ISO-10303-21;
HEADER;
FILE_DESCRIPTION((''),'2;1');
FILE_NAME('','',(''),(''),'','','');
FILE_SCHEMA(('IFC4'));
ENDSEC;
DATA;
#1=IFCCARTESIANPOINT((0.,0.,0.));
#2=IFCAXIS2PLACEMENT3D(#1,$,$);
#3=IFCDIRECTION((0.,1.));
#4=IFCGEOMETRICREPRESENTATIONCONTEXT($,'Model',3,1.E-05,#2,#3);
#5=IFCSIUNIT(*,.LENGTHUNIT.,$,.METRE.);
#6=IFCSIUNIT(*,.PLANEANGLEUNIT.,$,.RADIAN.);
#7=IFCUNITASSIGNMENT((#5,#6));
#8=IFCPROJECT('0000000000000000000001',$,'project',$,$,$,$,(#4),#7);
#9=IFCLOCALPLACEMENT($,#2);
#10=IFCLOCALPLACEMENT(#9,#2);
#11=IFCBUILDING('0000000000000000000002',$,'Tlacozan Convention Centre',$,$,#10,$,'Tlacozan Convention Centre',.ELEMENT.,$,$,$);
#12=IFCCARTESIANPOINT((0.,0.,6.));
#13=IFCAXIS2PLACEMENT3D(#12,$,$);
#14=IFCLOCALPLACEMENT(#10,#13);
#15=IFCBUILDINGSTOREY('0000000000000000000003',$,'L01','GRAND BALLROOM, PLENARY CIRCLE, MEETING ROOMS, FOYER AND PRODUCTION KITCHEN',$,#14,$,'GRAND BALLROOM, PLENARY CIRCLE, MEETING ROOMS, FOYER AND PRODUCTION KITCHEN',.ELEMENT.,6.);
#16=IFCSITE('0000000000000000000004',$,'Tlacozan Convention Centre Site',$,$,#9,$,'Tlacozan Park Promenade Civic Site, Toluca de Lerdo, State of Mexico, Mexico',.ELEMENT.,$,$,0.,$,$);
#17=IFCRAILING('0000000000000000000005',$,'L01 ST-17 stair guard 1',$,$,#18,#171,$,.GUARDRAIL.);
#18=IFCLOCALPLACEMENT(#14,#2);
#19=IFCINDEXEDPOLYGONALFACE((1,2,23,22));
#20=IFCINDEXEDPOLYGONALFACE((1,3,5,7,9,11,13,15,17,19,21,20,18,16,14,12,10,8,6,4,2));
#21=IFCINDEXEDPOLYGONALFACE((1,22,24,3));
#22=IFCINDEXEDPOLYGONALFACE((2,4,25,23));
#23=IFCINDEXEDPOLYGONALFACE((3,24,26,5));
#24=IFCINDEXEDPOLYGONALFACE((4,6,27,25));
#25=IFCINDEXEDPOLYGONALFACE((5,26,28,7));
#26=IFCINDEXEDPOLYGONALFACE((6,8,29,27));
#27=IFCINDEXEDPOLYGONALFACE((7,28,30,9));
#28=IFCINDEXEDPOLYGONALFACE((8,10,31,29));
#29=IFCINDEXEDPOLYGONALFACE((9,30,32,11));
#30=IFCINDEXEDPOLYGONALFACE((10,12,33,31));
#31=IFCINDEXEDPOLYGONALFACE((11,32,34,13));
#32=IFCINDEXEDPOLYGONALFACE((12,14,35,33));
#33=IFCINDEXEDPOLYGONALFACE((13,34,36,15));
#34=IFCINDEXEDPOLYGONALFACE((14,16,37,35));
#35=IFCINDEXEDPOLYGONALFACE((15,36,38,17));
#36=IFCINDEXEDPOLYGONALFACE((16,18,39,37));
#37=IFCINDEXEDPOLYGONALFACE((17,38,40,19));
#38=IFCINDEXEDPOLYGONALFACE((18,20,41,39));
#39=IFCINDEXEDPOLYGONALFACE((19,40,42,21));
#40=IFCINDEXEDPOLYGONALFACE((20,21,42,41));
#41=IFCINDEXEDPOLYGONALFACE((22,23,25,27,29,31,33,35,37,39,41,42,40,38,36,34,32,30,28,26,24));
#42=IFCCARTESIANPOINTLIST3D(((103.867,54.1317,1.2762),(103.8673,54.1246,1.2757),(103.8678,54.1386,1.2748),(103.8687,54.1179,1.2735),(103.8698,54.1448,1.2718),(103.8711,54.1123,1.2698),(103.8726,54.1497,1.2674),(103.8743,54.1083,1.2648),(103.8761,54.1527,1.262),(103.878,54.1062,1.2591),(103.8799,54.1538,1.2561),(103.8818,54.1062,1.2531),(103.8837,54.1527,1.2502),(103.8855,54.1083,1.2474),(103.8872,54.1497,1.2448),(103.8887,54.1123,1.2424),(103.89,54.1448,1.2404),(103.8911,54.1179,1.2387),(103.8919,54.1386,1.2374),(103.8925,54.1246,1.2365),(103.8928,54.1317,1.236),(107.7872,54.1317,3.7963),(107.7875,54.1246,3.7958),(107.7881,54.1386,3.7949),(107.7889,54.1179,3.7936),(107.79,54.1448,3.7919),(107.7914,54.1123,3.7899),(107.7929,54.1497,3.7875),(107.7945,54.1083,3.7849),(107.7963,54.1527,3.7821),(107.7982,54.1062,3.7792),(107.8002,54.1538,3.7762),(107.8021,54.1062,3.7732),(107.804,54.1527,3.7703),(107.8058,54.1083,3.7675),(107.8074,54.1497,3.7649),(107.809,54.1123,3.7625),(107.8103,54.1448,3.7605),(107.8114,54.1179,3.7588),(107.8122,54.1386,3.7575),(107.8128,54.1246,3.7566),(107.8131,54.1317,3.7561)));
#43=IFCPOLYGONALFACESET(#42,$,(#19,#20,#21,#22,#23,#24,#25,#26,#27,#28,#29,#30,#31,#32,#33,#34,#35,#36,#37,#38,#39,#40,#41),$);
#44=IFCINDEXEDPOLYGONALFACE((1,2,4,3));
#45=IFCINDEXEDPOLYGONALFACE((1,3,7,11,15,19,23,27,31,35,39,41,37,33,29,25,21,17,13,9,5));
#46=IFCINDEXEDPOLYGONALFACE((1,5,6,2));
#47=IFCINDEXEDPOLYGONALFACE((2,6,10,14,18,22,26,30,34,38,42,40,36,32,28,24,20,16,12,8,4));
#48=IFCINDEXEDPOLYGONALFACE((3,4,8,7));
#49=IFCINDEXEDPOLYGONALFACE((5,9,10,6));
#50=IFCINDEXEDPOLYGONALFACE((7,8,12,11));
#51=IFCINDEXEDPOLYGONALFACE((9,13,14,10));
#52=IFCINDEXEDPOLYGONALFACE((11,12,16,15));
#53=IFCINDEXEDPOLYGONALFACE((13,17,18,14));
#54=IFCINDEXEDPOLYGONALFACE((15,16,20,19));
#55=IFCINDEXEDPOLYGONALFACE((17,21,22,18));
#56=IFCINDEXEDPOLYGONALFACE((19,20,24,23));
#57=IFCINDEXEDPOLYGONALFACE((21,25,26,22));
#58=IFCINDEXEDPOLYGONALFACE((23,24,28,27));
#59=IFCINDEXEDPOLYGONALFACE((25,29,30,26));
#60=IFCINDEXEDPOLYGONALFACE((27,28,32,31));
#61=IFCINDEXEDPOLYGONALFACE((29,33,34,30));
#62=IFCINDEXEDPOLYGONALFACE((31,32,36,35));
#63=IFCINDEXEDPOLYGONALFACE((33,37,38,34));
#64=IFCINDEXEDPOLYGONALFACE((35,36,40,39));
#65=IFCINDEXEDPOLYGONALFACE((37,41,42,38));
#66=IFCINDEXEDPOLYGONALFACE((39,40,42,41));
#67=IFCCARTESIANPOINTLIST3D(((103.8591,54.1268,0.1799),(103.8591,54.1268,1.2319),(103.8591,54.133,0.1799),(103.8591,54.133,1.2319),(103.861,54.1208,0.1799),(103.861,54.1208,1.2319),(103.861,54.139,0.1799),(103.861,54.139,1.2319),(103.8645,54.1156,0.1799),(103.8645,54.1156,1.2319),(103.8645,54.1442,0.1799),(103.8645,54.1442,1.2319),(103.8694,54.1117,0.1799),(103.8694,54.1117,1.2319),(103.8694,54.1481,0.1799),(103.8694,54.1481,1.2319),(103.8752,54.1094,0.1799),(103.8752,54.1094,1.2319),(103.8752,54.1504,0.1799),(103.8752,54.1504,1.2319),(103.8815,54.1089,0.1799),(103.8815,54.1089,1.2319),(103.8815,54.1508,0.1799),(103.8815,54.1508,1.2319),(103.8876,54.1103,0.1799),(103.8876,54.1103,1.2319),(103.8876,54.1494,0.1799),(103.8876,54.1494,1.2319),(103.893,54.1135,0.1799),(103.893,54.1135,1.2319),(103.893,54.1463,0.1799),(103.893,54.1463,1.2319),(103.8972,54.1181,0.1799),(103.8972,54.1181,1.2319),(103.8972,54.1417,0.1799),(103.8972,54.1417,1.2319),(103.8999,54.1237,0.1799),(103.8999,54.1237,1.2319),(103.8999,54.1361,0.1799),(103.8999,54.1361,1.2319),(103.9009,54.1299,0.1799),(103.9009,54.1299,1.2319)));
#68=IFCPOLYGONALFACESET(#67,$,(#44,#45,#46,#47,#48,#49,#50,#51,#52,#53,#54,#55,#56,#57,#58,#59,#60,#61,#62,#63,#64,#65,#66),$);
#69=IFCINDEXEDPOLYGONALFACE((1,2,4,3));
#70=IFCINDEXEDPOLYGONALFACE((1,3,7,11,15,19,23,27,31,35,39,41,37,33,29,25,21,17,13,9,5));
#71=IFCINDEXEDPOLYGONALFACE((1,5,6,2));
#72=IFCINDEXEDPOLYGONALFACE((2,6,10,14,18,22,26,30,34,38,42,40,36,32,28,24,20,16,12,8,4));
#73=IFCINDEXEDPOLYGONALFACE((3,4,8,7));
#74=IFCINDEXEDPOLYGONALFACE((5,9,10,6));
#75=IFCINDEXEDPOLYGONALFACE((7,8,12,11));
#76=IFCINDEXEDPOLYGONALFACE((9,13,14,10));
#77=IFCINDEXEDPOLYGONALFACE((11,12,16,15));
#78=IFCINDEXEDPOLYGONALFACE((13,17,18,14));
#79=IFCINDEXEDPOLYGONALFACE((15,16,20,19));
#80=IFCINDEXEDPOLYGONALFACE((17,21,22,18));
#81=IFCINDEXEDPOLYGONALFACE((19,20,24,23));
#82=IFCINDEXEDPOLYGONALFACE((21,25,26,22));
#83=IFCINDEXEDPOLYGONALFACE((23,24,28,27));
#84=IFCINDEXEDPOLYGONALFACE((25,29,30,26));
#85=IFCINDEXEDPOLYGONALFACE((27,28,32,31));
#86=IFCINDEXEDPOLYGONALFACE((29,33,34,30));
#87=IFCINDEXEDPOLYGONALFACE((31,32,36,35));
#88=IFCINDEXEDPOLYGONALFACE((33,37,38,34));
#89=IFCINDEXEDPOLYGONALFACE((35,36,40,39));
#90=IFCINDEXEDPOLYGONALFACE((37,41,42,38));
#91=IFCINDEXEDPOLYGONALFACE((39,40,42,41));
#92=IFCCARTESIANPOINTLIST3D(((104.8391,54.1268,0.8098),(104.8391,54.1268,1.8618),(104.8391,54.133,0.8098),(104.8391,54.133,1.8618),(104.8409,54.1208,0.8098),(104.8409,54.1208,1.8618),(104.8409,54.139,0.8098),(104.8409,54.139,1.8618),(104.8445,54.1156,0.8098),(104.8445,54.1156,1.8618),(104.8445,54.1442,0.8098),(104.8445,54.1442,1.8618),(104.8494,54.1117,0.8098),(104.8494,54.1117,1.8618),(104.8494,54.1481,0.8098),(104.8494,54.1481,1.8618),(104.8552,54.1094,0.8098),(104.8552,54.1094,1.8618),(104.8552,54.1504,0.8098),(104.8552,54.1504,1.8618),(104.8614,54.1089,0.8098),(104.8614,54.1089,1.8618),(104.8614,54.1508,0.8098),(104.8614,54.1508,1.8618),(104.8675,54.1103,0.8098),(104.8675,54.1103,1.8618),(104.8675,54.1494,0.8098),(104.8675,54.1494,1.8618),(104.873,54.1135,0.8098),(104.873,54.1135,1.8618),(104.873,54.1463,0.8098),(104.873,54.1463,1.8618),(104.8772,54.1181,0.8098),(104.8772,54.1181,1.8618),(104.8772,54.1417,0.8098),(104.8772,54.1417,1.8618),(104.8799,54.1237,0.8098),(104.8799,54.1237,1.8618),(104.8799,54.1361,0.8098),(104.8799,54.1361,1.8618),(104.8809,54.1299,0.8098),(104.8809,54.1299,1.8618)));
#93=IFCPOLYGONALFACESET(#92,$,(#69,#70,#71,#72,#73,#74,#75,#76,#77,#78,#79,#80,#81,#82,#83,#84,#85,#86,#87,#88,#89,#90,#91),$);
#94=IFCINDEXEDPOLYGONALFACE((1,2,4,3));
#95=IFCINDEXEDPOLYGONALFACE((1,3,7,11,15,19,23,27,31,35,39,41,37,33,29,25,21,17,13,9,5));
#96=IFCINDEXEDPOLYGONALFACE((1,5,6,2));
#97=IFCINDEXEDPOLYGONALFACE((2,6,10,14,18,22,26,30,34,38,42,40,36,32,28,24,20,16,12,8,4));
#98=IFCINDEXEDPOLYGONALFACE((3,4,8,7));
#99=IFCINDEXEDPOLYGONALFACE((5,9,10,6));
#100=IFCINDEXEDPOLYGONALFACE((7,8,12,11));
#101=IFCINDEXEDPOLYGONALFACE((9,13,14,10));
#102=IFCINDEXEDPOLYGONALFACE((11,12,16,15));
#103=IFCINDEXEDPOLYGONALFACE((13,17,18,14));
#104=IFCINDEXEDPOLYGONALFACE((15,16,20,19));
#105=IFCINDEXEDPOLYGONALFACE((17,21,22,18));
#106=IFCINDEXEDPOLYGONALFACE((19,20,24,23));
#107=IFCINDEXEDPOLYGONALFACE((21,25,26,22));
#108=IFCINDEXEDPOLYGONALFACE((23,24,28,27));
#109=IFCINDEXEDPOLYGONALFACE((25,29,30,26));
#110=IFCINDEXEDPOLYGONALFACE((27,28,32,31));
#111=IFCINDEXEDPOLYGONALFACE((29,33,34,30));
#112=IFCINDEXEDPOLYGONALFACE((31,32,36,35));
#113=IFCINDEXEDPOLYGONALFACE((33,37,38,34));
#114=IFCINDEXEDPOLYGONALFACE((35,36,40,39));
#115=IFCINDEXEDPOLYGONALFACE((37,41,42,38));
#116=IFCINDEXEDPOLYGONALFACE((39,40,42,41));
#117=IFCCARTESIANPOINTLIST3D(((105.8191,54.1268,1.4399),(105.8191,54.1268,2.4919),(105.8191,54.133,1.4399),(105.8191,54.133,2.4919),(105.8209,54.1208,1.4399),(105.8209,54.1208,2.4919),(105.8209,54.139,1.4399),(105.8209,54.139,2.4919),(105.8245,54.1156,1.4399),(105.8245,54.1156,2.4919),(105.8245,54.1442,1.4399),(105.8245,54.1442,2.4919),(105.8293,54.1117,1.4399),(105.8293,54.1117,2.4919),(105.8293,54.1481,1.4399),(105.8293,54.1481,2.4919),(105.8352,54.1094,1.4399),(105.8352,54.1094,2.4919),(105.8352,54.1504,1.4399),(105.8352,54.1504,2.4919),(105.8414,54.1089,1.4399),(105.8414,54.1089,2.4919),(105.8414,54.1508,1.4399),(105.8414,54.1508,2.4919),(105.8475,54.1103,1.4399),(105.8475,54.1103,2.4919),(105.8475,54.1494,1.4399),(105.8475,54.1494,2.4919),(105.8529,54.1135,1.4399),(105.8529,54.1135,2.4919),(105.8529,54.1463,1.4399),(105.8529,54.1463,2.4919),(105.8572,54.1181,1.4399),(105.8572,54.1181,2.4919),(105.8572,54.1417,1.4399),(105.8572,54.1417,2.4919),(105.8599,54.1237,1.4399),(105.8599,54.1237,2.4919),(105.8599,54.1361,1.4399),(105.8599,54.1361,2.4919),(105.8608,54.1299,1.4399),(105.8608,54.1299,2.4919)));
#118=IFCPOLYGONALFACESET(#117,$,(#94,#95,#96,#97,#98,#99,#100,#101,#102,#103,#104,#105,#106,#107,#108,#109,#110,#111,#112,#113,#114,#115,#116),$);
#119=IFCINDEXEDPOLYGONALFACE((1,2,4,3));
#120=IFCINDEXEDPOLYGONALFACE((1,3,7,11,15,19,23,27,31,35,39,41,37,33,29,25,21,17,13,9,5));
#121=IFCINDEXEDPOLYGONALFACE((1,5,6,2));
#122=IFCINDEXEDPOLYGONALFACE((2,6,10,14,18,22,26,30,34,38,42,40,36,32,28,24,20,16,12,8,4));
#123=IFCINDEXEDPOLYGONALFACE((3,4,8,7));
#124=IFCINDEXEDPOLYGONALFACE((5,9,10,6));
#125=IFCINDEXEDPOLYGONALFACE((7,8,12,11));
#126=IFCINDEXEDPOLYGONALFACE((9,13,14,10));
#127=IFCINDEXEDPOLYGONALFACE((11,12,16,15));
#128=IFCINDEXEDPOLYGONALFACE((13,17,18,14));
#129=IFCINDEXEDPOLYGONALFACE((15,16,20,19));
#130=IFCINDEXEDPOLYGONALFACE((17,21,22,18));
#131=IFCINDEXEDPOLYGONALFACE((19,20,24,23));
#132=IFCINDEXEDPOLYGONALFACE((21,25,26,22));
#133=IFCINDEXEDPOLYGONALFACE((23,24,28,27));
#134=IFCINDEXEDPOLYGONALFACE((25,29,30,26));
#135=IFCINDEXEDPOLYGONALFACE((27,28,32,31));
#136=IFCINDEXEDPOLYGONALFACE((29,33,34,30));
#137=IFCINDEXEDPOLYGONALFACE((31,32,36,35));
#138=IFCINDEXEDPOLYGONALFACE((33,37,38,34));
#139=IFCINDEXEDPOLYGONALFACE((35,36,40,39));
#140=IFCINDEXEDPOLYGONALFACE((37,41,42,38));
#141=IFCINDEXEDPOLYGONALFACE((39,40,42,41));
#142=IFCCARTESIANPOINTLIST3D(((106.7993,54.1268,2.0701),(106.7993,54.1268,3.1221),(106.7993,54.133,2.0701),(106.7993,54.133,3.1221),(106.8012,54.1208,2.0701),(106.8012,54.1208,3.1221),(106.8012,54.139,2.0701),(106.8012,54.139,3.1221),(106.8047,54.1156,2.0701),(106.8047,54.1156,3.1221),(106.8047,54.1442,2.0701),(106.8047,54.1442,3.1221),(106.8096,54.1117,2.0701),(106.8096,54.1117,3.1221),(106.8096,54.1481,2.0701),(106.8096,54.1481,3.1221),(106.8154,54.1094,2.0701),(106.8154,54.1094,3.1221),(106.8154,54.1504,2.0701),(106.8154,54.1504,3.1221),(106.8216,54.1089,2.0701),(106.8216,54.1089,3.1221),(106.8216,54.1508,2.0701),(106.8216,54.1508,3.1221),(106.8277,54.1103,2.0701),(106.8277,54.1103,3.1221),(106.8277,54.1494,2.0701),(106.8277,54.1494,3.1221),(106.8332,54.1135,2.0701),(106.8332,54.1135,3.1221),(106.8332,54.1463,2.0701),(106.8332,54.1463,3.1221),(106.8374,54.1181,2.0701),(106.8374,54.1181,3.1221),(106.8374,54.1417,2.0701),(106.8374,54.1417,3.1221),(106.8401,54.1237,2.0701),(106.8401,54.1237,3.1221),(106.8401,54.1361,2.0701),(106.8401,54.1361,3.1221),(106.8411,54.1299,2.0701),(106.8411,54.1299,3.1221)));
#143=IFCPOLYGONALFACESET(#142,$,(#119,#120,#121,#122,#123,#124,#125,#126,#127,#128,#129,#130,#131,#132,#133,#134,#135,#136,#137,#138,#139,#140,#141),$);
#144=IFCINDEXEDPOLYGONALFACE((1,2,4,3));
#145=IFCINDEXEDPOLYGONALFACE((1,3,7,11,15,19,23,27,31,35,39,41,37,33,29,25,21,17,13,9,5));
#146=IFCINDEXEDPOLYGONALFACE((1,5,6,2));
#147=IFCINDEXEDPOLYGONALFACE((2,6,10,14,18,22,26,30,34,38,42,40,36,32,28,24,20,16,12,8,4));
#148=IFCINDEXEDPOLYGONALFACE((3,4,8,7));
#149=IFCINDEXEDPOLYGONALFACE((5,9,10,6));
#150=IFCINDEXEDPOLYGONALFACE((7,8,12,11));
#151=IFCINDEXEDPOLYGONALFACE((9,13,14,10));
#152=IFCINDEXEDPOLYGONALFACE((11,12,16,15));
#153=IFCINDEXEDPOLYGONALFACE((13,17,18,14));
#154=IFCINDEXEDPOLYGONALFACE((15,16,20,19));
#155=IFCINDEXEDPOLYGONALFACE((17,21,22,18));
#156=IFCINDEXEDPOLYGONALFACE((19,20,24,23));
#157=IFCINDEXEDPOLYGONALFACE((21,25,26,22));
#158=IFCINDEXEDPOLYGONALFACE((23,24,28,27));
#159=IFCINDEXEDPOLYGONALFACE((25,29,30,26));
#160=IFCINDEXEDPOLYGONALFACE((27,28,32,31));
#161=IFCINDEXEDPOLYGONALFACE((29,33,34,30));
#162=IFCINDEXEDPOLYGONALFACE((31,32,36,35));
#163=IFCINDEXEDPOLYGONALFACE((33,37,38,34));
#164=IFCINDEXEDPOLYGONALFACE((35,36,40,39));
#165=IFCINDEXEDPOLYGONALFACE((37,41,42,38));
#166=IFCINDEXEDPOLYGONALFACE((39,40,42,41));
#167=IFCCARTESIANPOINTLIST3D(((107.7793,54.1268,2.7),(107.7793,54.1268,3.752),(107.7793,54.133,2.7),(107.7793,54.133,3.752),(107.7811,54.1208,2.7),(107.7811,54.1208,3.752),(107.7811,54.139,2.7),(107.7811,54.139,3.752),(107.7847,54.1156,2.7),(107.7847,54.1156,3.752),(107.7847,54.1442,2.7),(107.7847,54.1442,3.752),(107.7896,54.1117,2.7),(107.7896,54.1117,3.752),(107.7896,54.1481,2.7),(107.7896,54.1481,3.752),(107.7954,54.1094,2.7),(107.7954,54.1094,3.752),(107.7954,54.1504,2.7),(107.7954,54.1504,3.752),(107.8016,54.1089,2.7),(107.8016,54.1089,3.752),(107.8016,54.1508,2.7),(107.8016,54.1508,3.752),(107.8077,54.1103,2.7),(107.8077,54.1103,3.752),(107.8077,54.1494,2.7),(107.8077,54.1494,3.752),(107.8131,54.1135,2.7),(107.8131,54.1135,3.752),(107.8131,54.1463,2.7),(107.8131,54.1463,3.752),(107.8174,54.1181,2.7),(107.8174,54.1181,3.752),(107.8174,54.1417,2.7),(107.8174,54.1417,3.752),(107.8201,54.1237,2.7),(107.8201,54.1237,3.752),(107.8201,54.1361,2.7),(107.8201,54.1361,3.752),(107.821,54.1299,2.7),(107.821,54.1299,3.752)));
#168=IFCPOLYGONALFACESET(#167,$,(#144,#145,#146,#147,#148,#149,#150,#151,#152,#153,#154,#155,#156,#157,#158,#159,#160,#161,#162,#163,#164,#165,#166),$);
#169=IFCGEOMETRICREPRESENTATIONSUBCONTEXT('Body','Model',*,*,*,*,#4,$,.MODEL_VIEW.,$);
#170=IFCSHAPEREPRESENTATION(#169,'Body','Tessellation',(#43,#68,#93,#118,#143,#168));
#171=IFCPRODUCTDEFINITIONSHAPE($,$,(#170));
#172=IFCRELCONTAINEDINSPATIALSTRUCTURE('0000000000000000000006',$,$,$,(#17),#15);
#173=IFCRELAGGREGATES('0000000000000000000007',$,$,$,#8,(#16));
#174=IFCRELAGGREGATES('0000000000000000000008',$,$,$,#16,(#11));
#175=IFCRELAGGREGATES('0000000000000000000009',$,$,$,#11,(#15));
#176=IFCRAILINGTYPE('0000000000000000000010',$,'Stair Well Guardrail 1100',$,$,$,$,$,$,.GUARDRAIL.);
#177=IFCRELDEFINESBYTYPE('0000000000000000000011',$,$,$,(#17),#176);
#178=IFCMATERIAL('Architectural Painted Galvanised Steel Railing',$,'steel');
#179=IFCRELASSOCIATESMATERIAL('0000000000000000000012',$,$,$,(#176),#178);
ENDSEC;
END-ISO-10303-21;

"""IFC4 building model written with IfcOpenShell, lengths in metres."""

from ifc_helpers import new_model, si_unit, direction, frame, origin, origin_2d, place, context, subcontext, project, spatial, circle, extrude, material, type_object, element, save


model = new_model("IFC4")

# Units and contexts
model_context = context("Model", 3, precision=1e-05, world=origin(), true_north=direction((0.0, 1.0)))
body_context = subcontext(model_context, "Body", "Model", "MODEL_VIEW")
ifc_project = project(units=[si_unit("LENGTHUNIT", "METRE"), si_unit("PLANEANGLEUNIT", "RADIAN")], contexts=[model_context])

# Site, building, storey
site_placement = place(None, origin())
site = spatial("IfcSite", under=ifc_project, at=site_placement, Name="Tlacozan Convention Centre Site", LongName="Tlacozan Park Promenade Civic Site, Toluca de Lerdo, State of Mexico, Mexico", CompositionType="ELEMENT", RefElevation=0.0)
building_placement = place(site_placement, origin())
building = spatial("IfcBuilding", under=site, at=building_placement, Name="Tlacozan Convention Centre", LongName="Tlacozan Convention Centre", CompositionType="ELEMENT")
storey_placement = place(building_placement, frame((0.0, 0.0, 6.0)))
storey = spatial("IfcBuildingStorey", under=building, at=storey_placement, Name="L01", Description="GRAND BALLROOM, PLENARY CIRCLE, MEETING ROOMS, FOYER AND PRODUCTION KITCHEN", LongName="GRAND BALLROOM, PLENARY CIRCLE, MEETING ROOMS, FOYER AND PRODUCTION KITCHEN", CompositionType="ELEMENT", Elevation=6.0)

# Railing
ifc_material_1 = material(Name="Architectural Painted Galvanised Steel Railing", Category="steel")
railing_type_1 = type_object("IfcRailingType", Name="Stair Well Guardrail 1100", PredefinedType="GUARDRAIL", material=ifc_material_1)
railing_1_placement = place(storey_placement, frame((103.8799, 54.1299, 0.1799)))
element("IfcRailing", 1, at=railing_1_placement, inside=storey, type_object=railing_type_1, Name="L01 ST-17 stair guard 1", PredefinedType="GUARDRAIL", context=body_context, shape_type="SweptSolid", body=[
    extrude(circle(Radius=0.0239, at=origin_2d()), frame((0.0, 0.0, 1.0762), z_axis=(0.841187, 0.0, 0.540744), x_axis=(0.0, 1.0, 0.0)), (0.0, 0.0, 1.0), 4.6604),
    extrude(circle(Radius=0.021, at=origin_2d()), origin(), (0.0, 0.0, 1.0), 1.052),
    extrude(circle(Radius=0.021, at=origin_2d()), frame((0.98, 0.0, 0.6299)), (0.0, 0.0, 1.0), 1.052),
    extrude(circle(Radius=0.021, at=origin_2d()), frame((1.96, 0.0, 1.26)), (0.0, 0.0, 1.0), 1.052),
    extrude(circle(Radius=0.021, at=origin_2d()), frame((2.9402, 0.0, 1.8901)), (0.0, 0.0, 1.0), 1.052),
    extrude(circle(Radius=0.021, at=origin_2d()), frame((3.9202, 0.0, 2.52)), (0.0, 0.0, 1.0), 1.052),
])

save(model, "model.ifc")
